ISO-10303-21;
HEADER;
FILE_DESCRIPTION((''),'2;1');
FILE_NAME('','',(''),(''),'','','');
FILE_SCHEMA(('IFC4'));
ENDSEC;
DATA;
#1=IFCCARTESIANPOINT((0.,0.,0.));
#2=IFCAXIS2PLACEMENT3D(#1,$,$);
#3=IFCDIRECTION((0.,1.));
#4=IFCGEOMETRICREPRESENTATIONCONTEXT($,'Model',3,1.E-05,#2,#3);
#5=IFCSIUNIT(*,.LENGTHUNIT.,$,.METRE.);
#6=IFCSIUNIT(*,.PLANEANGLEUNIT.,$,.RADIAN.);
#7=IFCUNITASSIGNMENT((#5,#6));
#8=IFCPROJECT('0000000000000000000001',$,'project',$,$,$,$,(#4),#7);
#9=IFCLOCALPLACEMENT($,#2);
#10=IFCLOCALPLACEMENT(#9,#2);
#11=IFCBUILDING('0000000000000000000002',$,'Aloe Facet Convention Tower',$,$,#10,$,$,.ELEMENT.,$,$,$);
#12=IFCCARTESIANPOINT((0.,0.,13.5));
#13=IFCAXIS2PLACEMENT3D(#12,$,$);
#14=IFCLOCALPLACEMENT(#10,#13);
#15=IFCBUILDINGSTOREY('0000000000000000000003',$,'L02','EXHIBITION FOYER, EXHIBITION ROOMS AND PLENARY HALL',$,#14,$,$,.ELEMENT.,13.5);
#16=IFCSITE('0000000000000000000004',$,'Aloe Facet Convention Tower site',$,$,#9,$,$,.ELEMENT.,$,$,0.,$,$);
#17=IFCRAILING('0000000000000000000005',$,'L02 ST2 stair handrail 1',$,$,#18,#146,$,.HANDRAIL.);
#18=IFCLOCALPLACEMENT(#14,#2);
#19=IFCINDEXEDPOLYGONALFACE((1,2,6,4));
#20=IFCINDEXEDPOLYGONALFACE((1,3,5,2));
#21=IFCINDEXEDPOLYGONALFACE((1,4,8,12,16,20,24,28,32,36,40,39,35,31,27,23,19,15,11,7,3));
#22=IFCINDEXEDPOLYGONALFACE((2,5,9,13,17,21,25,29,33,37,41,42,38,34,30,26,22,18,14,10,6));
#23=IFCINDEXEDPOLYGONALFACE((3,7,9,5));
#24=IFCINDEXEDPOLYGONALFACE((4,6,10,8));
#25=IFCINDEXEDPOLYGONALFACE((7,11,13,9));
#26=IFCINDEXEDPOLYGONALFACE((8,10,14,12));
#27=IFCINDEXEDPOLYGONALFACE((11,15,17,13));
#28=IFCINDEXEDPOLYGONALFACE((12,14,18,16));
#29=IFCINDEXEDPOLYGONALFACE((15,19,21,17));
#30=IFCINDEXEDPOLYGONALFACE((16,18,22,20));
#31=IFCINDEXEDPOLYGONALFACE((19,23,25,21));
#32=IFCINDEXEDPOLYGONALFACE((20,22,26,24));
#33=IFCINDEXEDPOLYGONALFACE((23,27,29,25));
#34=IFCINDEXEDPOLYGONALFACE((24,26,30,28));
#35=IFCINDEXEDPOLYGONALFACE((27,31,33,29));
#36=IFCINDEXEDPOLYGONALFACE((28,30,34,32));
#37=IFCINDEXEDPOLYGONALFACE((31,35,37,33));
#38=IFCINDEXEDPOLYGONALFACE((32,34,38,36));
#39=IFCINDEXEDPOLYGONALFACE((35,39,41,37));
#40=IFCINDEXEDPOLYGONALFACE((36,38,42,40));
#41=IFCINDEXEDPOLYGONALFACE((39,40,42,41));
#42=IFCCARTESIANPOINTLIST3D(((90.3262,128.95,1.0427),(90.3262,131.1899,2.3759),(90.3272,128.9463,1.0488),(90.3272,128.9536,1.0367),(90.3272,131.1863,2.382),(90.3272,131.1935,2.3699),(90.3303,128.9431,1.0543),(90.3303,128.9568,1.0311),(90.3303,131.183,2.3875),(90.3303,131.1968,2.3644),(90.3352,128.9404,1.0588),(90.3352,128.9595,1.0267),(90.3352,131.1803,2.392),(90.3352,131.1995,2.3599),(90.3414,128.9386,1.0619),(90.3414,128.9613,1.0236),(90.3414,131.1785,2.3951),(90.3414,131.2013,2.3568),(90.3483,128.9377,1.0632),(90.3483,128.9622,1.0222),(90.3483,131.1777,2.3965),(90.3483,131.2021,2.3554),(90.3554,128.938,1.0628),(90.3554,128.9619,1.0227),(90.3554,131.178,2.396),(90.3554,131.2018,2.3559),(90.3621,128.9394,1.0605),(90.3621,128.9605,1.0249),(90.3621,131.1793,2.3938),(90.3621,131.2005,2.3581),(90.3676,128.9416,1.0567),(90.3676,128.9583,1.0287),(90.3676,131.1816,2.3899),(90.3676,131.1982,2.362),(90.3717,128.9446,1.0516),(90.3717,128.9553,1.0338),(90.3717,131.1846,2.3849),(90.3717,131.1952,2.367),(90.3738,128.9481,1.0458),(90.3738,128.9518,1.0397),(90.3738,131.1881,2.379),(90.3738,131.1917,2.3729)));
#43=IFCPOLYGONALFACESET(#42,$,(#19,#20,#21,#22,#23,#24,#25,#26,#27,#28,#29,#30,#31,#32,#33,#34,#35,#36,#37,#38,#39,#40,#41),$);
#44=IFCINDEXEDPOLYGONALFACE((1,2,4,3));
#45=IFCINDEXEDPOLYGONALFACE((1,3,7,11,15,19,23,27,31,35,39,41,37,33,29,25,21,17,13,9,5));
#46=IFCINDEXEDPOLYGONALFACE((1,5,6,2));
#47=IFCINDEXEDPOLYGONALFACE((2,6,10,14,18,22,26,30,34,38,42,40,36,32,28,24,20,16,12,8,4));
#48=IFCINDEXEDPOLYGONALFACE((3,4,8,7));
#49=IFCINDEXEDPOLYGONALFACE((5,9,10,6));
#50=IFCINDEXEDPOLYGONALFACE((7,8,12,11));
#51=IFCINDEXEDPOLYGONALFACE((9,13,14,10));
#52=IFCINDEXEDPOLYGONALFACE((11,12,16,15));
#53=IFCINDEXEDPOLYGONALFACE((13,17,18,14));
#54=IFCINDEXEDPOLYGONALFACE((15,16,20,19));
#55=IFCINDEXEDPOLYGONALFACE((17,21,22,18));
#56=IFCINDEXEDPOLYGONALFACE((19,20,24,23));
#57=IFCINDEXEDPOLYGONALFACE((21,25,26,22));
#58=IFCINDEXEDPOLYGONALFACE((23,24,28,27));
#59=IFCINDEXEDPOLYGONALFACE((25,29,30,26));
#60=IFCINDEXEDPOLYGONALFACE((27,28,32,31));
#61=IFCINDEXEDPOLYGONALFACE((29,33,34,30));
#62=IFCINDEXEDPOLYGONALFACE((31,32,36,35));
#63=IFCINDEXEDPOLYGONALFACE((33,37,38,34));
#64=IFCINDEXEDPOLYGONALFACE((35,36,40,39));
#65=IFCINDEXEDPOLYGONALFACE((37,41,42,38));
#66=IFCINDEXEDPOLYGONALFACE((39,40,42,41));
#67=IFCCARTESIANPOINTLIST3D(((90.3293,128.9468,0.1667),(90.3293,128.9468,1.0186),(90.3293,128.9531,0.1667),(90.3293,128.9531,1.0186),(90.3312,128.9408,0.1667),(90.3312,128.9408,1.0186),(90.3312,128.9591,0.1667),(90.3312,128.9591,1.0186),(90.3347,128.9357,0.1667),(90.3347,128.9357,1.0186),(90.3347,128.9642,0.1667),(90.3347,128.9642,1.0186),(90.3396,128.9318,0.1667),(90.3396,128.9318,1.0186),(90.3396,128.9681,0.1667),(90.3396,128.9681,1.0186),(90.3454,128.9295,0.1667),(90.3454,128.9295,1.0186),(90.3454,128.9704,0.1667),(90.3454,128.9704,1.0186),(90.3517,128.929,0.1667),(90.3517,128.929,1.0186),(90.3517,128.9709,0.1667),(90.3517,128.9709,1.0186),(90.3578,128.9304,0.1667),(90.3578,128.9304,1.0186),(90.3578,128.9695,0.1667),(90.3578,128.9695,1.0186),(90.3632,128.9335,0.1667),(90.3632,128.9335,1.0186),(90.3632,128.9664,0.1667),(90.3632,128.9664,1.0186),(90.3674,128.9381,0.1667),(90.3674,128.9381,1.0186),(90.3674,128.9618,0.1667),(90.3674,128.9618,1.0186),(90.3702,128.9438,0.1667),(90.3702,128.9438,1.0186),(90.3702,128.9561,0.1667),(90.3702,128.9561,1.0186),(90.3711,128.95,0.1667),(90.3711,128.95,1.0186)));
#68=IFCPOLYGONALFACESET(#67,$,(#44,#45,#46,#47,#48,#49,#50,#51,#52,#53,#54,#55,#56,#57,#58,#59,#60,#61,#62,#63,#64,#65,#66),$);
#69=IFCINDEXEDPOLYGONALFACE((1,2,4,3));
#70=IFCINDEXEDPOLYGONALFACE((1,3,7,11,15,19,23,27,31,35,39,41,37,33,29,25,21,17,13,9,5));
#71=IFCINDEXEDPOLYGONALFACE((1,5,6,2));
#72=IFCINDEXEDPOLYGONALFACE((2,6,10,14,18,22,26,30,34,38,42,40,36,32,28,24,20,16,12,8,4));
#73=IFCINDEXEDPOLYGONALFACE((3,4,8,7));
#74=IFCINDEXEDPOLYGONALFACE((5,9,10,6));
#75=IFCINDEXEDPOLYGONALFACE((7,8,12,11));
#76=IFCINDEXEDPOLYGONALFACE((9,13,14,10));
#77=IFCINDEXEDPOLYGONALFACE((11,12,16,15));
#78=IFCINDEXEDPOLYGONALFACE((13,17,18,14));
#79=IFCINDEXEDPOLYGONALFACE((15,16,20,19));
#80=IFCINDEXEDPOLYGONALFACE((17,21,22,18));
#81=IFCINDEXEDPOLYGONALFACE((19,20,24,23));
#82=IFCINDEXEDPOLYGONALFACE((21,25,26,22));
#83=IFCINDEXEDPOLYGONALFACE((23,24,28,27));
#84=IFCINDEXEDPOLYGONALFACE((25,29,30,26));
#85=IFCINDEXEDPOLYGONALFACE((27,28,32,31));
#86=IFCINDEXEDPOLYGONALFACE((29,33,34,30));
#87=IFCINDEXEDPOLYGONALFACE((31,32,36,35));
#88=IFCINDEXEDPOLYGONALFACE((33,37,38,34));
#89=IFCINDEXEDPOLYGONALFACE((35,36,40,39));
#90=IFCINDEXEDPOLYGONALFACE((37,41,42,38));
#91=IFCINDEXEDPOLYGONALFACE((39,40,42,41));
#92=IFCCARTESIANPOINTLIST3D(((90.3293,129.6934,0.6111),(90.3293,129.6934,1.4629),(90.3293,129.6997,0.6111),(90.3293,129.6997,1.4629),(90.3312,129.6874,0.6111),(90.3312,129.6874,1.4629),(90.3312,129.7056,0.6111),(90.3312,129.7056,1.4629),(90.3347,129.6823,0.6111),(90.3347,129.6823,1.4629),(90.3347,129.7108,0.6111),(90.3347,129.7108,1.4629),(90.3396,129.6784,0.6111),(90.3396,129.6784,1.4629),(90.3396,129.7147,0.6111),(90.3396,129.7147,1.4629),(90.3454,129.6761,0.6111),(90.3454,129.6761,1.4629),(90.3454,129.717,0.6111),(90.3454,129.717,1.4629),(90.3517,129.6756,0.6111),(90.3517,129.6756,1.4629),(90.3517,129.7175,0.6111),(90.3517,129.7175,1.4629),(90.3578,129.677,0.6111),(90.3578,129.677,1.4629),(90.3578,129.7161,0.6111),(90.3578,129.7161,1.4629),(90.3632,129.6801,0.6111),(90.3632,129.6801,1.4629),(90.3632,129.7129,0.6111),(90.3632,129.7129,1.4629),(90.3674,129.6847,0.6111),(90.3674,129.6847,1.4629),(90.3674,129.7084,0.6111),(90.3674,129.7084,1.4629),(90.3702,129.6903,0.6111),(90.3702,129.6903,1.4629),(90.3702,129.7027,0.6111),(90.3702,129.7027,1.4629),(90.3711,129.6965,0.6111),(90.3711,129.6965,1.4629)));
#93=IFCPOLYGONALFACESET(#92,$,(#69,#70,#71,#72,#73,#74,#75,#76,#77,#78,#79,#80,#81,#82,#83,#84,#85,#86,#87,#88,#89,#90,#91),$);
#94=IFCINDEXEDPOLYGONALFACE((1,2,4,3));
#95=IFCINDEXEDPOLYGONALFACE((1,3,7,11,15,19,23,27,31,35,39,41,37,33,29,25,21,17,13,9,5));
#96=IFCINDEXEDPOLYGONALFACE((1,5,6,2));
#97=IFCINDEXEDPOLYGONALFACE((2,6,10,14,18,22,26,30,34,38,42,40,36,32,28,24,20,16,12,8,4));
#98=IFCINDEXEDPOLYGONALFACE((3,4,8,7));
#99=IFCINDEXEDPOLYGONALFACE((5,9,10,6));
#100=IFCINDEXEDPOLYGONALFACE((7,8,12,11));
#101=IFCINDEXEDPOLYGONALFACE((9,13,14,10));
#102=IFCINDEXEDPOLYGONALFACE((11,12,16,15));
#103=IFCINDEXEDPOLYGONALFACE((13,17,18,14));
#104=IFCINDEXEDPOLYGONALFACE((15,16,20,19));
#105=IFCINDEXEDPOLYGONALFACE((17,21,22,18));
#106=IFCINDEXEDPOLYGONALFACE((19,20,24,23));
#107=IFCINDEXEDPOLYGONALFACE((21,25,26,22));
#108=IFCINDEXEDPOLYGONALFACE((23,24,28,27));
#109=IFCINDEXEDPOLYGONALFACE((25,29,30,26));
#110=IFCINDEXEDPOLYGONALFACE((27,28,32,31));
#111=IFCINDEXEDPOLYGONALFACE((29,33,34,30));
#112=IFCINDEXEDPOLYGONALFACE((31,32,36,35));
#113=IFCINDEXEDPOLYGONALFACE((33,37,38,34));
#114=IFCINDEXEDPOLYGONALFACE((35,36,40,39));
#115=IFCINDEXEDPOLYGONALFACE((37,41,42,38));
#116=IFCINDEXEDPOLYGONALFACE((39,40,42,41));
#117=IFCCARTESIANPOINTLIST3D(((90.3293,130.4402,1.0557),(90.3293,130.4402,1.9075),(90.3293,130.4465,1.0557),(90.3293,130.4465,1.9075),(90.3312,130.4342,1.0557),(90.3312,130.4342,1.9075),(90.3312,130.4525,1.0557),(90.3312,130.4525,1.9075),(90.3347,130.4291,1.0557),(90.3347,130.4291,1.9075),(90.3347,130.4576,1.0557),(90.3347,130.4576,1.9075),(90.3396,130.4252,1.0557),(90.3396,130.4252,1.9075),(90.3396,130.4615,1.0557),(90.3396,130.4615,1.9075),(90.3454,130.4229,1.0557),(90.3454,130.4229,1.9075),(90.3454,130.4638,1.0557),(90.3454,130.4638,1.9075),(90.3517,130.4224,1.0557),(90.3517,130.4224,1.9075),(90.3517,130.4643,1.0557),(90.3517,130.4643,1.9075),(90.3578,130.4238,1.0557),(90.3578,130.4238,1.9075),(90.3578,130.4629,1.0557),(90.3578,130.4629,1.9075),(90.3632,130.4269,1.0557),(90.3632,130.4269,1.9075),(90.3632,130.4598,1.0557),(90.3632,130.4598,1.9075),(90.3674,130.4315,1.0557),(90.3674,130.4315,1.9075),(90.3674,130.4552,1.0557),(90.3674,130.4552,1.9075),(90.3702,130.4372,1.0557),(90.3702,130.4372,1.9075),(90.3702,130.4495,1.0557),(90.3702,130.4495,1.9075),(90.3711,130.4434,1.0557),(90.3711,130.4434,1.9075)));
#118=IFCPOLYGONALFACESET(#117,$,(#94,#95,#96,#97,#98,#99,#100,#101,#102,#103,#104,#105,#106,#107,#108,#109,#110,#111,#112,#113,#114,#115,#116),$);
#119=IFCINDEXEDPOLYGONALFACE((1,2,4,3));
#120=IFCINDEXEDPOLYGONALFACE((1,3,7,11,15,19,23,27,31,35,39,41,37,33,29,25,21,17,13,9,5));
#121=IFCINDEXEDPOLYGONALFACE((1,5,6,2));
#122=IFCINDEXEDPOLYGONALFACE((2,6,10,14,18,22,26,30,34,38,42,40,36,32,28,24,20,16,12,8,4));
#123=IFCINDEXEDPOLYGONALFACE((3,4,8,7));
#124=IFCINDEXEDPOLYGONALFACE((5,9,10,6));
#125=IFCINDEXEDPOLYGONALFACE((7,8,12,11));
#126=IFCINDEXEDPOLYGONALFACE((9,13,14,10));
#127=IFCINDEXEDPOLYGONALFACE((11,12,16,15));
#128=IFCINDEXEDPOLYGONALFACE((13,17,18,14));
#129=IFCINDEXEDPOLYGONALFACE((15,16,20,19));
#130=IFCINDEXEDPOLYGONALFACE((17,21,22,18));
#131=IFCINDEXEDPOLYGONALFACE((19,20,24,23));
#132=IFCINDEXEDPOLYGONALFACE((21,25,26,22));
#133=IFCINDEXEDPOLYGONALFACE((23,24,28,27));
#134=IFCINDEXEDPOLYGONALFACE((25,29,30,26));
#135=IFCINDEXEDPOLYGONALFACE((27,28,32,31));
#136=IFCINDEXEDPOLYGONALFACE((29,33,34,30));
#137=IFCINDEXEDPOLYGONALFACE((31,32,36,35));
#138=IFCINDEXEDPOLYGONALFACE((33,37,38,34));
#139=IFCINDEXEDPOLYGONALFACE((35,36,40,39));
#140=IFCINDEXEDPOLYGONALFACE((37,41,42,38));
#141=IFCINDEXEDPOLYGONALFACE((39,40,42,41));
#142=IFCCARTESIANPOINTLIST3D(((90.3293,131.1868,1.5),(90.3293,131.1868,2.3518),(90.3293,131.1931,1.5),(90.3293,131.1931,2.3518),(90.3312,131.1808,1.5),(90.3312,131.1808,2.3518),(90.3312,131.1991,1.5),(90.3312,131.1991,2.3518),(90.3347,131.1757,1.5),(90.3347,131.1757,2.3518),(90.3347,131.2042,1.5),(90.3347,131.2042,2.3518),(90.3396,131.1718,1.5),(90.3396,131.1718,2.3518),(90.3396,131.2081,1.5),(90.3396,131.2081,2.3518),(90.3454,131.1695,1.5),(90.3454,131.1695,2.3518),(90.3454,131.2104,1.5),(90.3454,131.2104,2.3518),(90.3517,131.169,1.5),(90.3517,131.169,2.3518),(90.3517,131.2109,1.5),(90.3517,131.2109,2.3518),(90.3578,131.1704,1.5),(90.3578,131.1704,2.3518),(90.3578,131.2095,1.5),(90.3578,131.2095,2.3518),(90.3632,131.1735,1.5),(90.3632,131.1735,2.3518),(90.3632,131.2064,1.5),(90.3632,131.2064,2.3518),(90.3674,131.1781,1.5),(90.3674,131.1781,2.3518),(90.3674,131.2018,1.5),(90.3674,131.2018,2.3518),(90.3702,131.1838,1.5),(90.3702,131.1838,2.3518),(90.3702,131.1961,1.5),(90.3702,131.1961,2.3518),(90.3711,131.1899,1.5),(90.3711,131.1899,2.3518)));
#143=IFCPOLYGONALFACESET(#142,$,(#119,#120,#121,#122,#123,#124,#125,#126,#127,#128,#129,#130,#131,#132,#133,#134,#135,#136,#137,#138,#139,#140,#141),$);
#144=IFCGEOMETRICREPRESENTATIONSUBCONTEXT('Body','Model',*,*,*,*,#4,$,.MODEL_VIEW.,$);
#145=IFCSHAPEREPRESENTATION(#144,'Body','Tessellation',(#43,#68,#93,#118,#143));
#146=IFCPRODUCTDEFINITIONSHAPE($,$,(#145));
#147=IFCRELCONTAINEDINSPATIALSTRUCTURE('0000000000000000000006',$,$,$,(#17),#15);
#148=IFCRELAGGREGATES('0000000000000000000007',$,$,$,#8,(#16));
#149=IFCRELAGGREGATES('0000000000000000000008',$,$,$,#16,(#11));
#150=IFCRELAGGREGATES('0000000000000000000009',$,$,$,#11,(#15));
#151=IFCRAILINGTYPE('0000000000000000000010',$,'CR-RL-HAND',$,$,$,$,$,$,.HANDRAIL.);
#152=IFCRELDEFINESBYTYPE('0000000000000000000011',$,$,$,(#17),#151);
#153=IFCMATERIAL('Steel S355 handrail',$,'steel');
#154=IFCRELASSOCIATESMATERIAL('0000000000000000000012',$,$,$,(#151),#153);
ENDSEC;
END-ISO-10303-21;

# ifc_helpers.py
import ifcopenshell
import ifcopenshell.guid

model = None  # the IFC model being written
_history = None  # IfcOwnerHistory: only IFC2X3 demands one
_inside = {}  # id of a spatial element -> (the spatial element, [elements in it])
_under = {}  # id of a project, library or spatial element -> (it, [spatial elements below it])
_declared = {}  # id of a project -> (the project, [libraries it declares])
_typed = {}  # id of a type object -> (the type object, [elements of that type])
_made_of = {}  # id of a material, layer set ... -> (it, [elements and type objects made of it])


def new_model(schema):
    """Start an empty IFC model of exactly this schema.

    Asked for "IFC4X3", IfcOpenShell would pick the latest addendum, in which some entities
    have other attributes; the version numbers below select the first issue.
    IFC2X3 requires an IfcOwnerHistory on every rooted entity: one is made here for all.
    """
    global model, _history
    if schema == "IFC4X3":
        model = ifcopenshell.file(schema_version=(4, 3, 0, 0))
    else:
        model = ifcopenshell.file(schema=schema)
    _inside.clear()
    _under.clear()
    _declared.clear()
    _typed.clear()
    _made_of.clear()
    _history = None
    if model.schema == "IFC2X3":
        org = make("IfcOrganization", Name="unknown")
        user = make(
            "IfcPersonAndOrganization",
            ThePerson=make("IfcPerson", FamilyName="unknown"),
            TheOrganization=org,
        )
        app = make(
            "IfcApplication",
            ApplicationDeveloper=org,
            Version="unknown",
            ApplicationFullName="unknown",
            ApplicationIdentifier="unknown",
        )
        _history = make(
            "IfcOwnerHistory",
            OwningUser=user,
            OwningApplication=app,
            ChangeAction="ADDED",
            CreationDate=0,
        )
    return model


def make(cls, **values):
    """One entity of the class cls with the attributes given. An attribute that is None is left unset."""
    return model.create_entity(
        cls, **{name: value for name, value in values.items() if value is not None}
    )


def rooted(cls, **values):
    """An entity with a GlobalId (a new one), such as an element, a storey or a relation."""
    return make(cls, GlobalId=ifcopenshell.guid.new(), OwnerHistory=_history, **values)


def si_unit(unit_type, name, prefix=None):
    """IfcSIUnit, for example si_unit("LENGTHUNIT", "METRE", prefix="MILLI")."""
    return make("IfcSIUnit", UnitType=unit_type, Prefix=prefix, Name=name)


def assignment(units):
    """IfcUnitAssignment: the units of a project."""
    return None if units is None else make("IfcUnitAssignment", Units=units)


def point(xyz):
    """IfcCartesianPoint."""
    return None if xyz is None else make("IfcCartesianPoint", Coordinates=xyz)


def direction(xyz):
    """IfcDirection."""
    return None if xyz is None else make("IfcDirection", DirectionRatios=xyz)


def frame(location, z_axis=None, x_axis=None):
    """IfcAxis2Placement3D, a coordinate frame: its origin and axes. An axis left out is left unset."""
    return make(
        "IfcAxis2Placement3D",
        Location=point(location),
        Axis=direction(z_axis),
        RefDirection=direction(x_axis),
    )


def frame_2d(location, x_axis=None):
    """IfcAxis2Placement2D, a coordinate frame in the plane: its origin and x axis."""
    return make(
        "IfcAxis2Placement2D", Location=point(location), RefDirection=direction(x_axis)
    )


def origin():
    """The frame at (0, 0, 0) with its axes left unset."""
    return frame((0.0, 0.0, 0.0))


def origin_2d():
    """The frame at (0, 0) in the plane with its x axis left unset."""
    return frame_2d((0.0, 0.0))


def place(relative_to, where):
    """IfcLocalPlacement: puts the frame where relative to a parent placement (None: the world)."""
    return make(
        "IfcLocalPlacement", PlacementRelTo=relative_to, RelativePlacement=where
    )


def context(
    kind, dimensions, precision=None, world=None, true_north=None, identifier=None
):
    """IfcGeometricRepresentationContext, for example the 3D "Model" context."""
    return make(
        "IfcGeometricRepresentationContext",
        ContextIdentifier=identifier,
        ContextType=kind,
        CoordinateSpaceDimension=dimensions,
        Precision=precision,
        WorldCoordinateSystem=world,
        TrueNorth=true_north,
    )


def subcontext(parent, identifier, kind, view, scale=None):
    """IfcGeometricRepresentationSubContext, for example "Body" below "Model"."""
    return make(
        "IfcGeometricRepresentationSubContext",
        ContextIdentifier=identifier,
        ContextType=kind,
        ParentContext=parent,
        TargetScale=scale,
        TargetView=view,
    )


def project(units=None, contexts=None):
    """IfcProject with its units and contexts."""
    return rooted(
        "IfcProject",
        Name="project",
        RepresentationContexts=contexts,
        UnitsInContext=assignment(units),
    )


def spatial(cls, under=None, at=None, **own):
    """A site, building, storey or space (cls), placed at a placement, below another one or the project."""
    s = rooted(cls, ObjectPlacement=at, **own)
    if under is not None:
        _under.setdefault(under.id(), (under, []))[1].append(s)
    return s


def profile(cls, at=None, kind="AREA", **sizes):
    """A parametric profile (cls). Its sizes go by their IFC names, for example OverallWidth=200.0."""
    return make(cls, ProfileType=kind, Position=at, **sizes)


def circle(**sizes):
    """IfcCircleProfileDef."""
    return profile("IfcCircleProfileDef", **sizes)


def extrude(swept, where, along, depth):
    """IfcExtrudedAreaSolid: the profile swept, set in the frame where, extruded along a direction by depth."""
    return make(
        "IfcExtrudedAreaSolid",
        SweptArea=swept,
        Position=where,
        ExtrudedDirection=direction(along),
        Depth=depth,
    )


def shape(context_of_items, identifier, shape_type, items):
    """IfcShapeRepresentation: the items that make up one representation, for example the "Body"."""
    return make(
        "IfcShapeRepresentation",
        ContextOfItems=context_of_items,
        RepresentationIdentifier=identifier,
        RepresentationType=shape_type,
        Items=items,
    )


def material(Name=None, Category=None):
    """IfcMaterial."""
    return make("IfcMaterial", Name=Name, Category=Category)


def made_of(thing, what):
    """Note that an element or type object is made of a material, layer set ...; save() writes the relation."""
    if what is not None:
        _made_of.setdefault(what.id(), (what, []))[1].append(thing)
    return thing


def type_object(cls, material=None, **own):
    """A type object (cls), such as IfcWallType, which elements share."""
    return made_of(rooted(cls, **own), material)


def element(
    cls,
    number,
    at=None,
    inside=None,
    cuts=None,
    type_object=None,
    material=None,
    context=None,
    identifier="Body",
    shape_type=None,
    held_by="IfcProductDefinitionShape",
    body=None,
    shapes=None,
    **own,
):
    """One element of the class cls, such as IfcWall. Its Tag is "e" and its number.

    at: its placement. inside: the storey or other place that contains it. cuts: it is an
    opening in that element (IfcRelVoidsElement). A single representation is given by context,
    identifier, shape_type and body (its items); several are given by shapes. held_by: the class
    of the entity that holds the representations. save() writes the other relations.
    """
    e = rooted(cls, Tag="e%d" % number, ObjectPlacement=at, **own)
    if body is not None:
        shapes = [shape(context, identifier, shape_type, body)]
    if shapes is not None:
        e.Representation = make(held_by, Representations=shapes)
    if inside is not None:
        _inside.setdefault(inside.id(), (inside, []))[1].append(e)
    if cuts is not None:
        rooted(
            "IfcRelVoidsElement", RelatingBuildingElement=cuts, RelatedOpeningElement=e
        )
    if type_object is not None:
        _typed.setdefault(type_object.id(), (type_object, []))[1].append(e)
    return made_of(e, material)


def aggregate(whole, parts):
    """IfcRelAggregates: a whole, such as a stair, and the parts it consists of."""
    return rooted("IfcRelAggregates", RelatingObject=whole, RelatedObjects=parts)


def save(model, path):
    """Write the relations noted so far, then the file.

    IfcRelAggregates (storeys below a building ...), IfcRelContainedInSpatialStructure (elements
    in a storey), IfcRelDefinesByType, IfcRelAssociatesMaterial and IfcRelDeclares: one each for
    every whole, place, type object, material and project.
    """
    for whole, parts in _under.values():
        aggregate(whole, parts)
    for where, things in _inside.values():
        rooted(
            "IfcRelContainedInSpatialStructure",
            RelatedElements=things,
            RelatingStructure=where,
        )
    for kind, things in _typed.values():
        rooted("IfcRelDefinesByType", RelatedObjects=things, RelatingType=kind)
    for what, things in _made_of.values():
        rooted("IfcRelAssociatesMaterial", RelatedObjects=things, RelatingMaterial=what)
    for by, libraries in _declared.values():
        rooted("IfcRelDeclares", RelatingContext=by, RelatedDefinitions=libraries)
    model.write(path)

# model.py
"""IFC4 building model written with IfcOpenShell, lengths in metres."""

from ifc_helpers import new_model, si_unit, direction, frame, origin, origin_2d, place, context, subcontext, project, spatial, circle, extrude, material, type_object, element, save


model = new_model("IFC4")

# Units and contexts
model_context = context("Model", 3, precision=1e-05, world=origin(), true_north=direction((0.0, 1.0)))
body_context = subcontext(model_context, "Body", "Model", "MODEL_VIEW")
ifc_project = project(units=[si_unit("LENGTHUNIT", "METRE"), si_unit("PLANEANGLEUNIT", "RADIAN")], contexts=[model_context])

# Site, building, storey
site_placement = place(None, origin())
site = spatial("IfcSite", under=ifc_project, at=site_placement, Name="Aloe Facet Convention Tower site", CompositionType="ELEMENT", RefElevation=0.0)
building_placement = place(site_placement, origin())
building = spatial("IfcBuilding", under=site, at=building_placement, Name="Aloe Facet Convention Tower", CompositionType="ELEMENT")
storey_placement = place(building_placement, frame((0.0, 0.0, 13.5)))
storey = spatial("IfcBuildingStorey", under=building, at=storey_placement, Name="L02", Description="EXHIBITION FOYER, EXHIBITION ROOMS AND PLENARY HALL", CompositionType="ELEMENT", Elevation=13.5)

# Railing
ifc_material_1 = material(Name="Steel S355 handrail", Category="steel")
railing_type_1 = type_object("IfcRailingType", Name="CR-RL-HAND", PredefinedType="HANDRAIL", material=ifc_material_1)
for number, where, name in (
    (1, (90.3501, 128.95, 0.1667), "L02 ST2 stair handrail 1"),
):
    element("IfcRailing", number, at=place(storey_placement, frame(where)), inside=storey, type_object=railing_type_1, Name=name, PredefinedType="HANDRAIL", context=body_context, shape_type="SweptSolid", body=[
        extrude(circle(Radius=0.0239, at=origin_2d()), frame((0.0, 0.0, 0.876), z_axis=(0.0, 0.859306, 0.511462), x_axis=(-1.0, 0.0, 0.0)), (0.0, 0.0, 1.0), 2.6067),
        extrude(circle(Radius=0.021, at=origin_2d()), origin(), (0.0, 0.0, 1.0), 0.8518),
        extrude(circle(Radius=0.021, at=origin_2d()), frame((0.0, 0.7466, 0.4443)), (0.0, 0.0, 1.0), 0.8518),
        extrude(circle(Radius=0.021, at=origin_2d()), frame((0.0, 1.4934, 0.8889)), (0.0, 0.0, 1.0), 0.8518),
        extrude(circle(Radius=0.021, at=origin_2d()), frame((0.0, 2.24, 1.3333)), (0.0, 0.0, 1.0), 0.8518),
    ])

save(model, "model.ifc")
